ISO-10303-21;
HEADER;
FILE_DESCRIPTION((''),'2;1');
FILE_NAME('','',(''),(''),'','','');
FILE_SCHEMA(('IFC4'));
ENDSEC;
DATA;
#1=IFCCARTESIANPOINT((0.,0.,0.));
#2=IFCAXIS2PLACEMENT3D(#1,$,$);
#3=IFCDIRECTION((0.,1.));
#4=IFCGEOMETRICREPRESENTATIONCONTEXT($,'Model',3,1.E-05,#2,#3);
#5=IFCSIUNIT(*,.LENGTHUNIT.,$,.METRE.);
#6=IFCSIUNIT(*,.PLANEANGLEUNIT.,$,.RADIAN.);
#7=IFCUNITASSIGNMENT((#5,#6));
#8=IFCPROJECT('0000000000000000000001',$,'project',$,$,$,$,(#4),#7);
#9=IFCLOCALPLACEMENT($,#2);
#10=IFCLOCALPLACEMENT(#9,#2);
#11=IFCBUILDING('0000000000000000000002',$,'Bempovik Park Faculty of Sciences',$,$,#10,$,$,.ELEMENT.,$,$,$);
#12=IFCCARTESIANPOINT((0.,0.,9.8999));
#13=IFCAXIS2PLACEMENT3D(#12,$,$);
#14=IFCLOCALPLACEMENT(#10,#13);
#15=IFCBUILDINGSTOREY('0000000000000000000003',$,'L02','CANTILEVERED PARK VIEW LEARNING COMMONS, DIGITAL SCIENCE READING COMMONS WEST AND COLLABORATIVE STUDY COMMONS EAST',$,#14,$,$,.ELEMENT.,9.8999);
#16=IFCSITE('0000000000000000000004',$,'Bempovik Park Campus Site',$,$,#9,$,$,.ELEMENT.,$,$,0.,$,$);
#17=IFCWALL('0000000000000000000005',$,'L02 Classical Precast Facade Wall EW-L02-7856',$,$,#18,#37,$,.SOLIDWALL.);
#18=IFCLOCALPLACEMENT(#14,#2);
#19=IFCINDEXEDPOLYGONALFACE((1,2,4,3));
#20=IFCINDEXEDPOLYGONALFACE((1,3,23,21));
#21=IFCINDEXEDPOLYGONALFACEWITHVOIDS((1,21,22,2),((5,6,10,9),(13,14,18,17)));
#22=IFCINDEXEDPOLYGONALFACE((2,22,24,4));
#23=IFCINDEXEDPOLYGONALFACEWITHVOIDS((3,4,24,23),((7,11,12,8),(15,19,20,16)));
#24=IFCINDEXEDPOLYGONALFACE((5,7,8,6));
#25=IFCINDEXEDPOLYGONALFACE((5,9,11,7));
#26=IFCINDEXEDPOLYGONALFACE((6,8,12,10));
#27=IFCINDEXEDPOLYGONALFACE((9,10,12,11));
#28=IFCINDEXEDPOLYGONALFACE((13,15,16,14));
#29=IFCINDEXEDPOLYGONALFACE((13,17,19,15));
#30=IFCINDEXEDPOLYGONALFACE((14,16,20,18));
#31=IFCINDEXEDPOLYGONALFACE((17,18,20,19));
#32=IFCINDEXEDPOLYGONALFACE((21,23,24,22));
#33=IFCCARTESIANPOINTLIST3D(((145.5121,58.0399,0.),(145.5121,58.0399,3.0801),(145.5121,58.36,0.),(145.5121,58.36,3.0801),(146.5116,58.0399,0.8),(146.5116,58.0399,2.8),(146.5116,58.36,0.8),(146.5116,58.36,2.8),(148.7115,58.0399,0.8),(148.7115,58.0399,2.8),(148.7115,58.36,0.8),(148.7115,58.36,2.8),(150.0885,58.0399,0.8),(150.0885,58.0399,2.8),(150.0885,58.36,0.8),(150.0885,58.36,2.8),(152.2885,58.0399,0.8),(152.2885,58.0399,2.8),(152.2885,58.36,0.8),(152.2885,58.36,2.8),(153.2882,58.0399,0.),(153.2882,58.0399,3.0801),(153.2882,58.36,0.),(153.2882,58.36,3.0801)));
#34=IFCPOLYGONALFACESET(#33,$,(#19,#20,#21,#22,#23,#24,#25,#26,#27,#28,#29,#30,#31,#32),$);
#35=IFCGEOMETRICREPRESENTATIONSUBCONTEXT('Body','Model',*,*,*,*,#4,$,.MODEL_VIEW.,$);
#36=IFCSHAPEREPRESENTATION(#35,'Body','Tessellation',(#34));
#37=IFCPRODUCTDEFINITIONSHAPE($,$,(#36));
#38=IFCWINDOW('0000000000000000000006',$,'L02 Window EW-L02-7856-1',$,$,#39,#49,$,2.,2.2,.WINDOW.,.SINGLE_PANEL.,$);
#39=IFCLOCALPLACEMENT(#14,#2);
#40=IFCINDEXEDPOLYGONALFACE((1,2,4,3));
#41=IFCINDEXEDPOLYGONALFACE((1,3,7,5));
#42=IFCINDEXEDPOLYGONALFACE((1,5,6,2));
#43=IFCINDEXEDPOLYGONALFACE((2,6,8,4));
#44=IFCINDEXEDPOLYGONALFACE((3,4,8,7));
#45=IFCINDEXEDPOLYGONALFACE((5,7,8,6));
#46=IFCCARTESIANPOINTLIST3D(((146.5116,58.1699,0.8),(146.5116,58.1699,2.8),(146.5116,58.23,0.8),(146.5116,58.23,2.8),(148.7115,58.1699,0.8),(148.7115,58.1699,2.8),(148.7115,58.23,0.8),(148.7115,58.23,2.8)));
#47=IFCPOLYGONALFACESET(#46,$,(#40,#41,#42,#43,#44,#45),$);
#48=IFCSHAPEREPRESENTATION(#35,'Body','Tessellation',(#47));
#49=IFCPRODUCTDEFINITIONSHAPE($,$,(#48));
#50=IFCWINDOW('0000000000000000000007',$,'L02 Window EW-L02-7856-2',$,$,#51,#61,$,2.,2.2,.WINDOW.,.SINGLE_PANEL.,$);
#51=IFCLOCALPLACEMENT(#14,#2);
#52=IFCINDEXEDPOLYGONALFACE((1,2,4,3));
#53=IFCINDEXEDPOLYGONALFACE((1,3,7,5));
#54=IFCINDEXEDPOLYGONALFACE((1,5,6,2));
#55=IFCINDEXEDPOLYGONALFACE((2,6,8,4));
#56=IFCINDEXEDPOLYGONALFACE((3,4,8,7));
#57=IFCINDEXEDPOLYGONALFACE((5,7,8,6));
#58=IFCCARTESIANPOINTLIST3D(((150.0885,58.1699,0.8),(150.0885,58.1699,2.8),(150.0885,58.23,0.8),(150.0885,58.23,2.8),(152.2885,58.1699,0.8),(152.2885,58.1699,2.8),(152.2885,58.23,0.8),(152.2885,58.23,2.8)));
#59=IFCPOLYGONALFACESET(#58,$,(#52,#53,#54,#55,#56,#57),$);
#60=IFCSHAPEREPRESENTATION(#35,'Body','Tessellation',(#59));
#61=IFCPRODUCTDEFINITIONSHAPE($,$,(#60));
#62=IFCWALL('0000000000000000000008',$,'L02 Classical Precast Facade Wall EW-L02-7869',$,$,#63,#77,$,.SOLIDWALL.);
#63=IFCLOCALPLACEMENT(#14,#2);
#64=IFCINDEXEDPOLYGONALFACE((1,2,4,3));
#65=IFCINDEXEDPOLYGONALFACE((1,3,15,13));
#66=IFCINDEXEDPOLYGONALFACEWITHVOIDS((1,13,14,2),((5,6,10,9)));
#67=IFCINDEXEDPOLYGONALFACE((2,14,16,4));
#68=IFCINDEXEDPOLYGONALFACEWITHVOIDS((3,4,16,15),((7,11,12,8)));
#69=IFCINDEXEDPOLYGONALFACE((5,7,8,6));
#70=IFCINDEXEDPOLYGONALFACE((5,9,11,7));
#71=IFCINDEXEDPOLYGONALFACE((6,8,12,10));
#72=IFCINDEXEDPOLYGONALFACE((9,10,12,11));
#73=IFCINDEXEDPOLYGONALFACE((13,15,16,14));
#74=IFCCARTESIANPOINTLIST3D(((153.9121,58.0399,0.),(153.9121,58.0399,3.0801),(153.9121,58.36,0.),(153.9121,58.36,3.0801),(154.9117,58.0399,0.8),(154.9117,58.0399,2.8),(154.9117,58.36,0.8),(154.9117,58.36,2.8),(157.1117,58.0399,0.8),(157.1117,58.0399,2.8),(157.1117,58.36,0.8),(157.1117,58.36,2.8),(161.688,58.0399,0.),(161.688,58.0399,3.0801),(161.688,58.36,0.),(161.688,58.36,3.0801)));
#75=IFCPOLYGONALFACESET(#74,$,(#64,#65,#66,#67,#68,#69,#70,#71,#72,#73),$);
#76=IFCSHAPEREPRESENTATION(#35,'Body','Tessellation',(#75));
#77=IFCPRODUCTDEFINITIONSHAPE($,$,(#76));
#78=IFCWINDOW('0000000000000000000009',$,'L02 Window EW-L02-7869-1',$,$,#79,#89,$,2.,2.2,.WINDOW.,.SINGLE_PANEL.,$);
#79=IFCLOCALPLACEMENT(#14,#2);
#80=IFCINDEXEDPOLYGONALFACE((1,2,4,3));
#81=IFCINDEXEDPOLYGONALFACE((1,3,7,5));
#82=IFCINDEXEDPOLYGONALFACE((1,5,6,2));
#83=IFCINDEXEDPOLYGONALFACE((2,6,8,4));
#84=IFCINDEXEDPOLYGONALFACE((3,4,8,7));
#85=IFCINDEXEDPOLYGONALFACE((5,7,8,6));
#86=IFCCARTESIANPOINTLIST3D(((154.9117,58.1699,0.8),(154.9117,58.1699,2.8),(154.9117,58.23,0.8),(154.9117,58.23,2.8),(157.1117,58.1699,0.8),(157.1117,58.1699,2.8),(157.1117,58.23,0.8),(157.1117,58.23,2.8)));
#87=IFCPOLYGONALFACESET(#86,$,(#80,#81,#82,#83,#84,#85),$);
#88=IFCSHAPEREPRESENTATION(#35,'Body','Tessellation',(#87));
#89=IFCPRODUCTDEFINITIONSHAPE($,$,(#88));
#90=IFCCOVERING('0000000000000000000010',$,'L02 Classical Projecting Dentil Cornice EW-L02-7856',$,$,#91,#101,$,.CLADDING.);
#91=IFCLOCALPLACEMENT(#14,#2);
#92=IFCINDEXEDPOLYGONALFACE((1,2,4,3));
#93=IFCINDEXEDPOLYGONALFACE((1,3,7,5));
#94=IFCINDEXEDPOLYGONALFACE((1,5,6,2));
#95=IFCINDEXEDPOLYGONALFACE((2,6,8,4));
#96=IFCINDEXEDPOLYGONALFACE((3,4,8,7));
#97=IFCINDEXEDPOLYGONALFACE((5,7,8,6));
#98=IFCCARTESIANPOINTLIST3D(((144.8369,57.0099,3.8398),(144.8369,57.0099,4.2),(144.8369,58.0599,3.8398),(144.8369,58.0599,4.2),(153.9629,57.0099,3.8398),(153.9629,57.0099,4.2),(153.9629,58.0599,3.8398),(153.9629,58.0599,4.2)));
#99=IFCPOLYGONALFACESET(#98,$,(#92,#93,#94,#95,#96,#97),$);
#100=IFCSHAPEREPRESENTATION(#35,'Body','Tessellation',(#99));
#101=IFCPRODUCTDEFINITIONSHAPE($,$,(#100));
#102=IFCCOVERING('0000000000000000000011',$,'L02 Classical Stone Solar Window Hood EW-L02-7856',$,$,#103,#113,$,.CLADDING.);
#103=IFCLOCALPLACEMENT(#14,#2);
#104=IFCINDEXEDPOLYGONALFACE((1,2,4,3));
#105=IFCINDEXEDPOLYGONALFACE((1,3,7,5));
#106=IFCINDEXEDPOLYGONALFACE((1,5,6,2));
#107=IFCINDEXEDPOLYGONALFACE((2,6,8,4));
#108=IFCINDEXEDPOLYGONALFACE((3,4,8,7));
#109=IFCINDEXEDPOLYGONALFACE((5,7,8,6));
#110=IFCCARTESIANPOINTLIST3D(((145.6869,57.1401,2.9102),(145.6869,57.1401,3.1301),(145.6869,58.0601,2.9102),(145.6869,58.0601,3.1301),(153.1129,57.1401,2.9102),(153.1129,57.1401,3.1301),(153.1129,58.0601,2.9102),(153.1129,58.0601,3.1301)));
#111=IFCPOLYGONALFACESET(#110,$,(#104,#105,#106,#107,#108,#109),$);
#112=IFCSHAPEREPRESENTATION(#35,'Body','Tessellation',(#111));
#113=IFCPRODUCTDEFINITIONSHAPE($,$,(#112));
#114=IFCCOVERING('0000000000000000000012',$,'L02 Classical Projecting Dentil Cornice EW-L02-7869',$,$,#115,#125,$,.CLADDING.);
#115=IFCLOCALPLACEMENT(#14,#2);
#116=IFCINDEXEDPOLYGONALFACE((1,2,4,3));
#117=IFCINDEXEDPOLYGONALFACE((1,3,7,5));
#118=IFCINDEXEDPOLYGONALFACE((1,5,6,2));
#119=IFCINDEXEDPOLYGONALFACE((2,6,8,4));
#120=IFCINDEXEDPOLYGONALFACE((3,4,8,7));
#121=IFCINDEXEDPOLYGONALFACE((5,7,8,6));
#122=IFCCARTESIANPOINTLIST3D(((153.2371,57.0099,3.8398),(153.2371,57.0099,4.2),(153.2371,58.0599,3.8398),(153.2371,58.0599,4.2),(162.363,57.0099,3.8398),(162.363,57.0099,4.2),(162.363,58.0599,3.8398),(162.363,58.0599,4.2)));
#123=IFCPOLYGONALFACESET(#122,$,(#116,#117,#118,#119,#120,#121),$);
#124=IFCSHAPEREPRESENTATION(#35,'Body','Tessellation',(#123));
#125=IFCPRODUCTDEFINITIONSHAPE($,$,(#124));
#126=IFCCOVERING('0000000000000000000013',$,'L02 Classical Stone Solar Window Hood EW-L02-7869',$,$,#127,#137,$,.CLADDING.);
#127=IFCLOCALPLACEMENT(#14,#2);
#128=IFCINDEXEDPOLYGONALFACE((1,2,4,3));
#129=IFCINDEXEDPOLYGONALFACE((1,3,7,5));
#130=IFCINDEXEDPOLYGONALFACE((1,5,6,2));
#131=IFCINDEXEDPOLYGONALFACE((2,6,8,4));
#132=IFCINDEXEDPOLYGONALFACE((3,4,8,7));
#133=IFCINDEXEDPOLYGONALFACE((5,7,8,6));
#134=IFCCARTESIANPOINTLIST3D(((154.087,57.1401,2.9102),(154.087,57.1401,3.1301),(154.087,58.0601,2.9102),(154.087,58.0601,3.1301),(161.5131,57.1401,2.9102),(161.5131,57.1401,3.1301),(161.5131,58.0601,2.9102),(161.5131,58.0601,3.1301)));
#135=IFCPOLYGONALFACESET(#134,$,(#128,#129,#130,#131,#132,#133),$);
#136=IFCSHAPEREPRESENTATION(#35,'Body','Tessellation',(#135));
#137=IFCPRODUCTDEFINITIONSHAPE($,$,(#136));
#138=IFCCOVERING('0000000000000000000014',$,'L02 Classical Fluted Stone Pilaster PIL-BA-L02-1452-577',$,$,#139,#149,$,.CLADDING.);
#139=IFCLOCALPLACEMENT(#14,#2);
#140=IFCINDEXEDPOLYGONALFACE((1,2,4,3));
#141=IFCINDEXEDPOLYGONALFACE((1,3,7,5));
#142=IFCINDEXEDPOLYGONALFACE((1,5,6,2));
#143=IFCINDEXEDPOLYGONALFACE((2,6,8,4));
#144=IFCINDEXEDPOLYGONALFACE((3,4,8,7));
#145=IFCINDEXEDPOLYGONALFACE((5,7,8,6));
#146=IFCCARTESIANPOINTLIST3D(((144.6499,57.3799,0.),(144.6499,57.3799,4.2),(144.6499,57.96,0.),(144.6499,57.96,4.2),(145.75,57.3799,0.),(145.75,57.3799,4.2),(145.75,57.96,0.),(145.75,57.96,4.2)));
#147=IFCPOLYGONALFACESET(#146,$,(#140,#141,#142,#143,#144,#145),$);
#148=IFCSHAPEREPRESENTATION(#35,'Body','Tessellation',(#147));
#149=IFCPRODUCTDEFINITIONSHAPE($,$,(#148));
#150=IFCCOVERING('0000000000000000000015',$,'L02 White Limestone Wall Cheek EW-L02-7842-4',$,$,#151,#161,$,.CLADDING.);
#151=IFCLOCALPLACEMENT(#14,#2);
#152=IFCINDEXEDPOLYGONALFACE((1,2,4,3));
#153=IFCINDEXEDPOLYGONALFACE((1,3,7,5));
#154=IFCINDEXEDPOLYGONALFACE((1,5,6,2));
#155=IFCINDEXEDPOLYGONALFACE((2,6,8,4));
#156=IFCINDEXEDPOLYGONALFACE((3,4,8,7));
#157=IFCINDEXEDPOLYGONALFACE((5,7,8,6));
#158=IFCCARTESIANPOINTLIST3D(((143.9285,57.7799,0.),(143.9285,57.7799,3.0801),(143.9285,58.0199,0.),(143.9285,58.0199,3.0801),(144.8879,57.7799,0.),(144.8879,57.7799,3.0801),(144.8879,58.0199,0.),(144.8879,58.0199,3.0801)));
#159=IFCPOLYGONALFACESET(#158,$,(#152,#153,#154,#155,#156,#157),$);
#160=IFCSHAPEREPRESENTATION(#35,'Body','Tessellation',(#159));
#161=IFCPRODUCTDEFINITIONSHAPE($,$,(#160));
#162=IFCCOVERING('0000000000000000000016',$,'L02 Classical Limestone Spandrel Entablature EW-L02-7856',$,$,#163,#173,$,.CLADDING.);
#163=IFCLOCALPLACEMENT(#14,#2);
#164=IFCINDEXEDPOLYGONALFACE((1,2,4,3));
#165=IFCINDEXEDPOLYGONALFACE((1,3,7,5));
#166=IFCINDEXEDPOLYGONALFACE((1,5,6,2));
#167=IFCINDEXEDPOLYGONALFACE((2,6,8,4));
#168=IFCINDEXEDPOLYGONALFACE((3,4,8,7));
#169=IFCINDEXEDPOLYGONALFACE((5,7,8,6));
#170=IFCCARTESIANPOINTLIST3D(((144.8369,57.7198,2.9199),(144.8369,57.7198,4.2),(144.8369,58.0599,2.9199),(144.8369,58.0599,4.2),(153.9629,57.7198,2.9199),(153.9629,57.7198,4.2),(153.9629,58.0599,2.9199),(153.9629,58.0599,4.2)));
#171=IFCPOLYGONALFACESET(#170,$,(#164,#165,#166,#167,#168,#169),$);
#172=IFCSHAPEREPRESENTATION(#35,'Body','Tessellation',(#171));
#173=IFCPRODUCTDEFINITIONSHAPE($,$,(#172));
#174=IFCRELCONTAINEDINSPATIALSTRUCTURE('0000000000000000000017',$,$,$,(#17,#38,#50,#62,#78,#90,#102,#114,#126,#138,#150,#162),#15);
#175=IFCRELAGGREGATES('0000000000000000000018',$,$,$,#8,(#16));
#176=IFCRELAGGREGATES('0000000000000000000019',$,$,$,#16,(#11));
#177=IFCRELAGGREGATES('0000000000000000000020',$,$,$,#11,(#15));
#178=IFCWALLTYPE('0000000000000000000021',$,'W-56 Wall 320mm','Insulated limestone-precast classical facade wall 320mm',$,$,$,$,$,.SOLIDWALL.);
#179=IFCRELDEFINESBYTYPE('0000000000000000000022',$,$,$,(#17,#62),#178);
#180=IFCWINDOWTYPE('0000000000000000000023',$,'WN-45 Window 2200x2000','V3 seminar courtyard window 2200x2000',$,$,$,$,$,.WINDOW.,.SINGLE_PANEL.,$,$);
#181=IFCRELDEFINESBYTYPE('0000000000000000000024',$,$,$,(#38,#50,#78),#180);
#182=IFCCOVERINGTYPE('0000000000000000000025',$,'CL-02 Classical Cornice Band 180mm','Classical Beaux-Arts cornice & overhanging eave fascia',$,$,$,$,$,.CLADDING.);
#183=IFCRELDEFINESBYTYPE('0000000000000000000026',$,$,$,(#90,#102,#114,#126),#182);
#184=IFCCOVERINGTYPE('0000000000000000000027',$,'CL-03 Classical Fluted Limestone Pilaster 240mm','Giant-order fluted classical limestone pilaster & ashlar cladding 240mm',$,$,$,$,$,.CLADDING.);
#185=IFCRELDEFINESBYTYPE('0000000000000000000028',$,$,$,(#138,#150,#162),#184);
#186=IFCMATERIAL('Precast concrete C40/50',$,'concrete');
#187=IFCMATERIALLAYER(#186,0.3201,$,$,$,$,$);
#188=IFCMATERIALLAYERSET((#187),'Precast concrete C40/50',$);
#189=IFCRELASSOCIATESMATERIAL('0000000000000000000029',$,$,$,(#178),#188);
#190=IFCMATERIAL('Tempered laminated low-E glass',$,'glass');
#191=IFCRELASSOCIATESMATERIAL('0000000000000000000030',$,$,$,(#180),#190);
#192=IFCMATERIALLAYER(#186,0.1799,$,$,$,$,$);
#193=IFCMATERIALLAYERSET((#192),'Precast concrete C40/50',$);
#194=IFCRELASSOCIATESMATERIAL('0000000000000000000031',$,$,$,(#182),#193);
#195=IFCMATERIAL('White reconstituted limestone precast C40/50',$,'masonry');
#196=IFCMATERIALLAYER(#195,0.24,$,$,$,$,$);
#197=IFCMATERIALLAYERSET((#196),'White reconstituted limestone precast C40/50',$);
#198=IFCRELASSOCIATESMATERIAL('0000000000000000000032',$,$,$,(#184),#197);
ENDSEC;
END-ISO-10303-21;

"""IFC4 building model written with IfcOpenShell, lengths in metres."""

from ifc_helpers import new_model, si_unit, direction, frame, frame_2d, origin, origin_2d, place, context, subcontext, project, spatial, rectangle, extrude, material, layer, layer_set, type_object, element, fill, save


model = new_model("IFC4")

# Units and contexts
model_context = context("Model", 3, precision=1e-05, world=origin(), true_north=direction((0.0, 1.0)))
body_context = subcontext(model_context, "Body", "Model", "MODEL_VIEW")
ifc_project = project(units=[si_unit("LENGTHUNIT", "METRE"), si_unit("PLANEANGLEUNIT", "RADIAN")], contexts=[model_context])

# Site, building, storey
site_placement = place(None, origin())
site = spatial("IfcSite", under=ifc_project, at=site_placement, Name="Bempovik Park Campus Site", CompositionType="ELEMENT", RefElevation=0.0)
building_placement = place(site_placement, origin())
building = spatial("IfcBuilding", under=site, at=building_placement, Name="Bempovik Park Faculty of Sciences", CompositionType="ELEMENT")
storey_placement = place(building_placement, frame((0.0, 0.0, 9.8999)))
storey = spatial("IfcBuildingStorey", under=building, at=storey_placement, Name="L02", Description="CANTILEVERED PARK VIEW LEARNING COMMONS, DIGITAL SCIENCE READING COMMONS WEST AND COLLABORATIVE STUDY COMMONS EAST", CompositionType="ELEMENT", Elevation=9.8999)

# Wall, openings, windows
ifc_material_1 = material(Name="Precast concrete C40/50", Category="concrete")
ifc_layer_1 = layer(ifc_material_1, 0.3201)
ifc_layer_set_1 = layer_set([ifc_layer_1], Name="Precast concrete C40/50")
wall_type = type_object("IfcWallType", Name="W-56 Wall 320mm", Description="Insulated limestone-precast classical facade wall 320mm", PredefinedType="SOLIDWALL", material=ifc_layer_set_1)
wall_1_placement = place(storey_placement, frame((145.512, 58.2, 0.0), z_axis=(0.0, 0.0, 1.0), x_axis=(1.0, 0.0, 0.0)))
wall_1 = element("IfcWall", 1, at=wall_1_placement, inside=storey, type_object=wall_type, Name="L02 Classical Precast Facade Wall EW-L02-7856", PredefinedType="SOLIDWALL", context=body_context, shape_type="SweptSolid", body=[
    extrude(rectangle(XDim=7.7761, YDim=0.3201, at=frame_2d((3.8882, 0.0))), origin(), (0.0, 0.0, 1.0), 3.0801),
])
opening_1_placement = place(wall_1_placement, frame((0.9995, 0.0, 0.8)))
opening_1 = element("IfcOpeningElement", 2, at=opening_1_placement, cuts=wall_1, PredefinedType="OPENING", context=body_context, shape_type="SweptSolid", body=[
    extrude(rectangle(XDim=2.2, YDim=2.0, at=frame_2d((1.1001, 1.0))), frame((0.0, 0.1699, 0.0), z_axis=(0.0, -1.0, 0.0), x_axis=(1.0, 0.0, 0.0)), (0.0, 0.0, 1.0), 0.3401),
])
opening_2_placement = place(wall_1_placement, frame((4.5764, 0.0, 0.8)))
opening_2 = element("IfcOpeningElement", 3, at=opening_2_placement, cuts=wall_1, PredefinedType="OPENING", context=body_context, shape_type="SweptSolid", body=[
    extrude(rectangle(XDim=2.2, YDim=2.0, at=frame_2d((1.1001, 1.0))), frame((0.0, 0.1699, 0.0), z_axis=(0.0, -1.0, 0.0), x_axis=(1.0, 0.0, 0.0)), (0.0, 0.0, 1.0), 0.3401),
])
ifc_material_2 = material(Name="Tempered laminated low-E glass", Category="glass")
window_type = type_object("IfcWindowType", Name="WN-45 Window 2200x2000", Description="V3 seminar courtyard window 2200x2000", PartitioningType="SINGLE_PANEL", PredefinedType="WINDOW", material=ifc_material_2)
window_1_placement = place(opening_1_placement, origin())
window_1 = element("IfcWindow", 4, at=window_1_placement, inside=storey, type_object=window_type, Name="L02 Window EW-L02-7856-1", OverallHeight=2.0, OverallWidth=2.2, PartitioningType="SINGLE_PANEL", PredefinedType="WINDOW", context=body_context, shape_type="SweptSolid", body=[
    extrude(rectangle(XDim=2.2, YDim=2.0, at=frame_2d((1.1001, 1.0))), frame((0.0, 0.03, 0.0), z_axis=(0.0, -1.0, 0.0), x_axis=(1.0, 0.0, 0.0)), (0.0, 0.0, 1.0), 0.0601),
])
fill(opening_1, window_1)
window_2_placement = place(opening_2_placement, origin())
window_2 = element("IfcWindow", 5, at=window_2_placement, inside=storey, type_object=window_type, Name="L02 Window EW-L02-7856-2", OverallHeight=2.0, OverallWidth=2.2, PartitioningType="SINGLE_PANEL", PredefinedType="WINDOW", context=body_context, shape_type="SweptSolid", body=[
    extrude(rectangle(XDim=2.2, YDim=2.0, at=frame_2d((1.1001, 1.0))), frame((0.0, 0.03, 0.0), z_axis=(0.0, -1.0, 0.0), x_axis=(1.0, 0.0, 0.0)), (0.0, 0.0, 1.0), 0.0601),
])
fill(opening_2, window_2)

# Wall, opening, window
wall_2_placement = place(storey_placement, frame((153.9121, 58.2, 0.0), z_axis=(0.0, 0.0, 1.0), x_axis=(1.0, 0.0, 0.0)))
wall_2 = element("IfcWall", 6, at=wall_2_placement, inside=storey, type_object=wall_type, Name="L02 Classical Precast Facade Wall EW-L02-7869", PredefinedType="SOLIDWALL", context=body_context, shape_type="SweptSolid", body=[
    extrude(rectangle(XDim=7.7759, YDim=0.3201, at=frame_2d((3.8879, 0.0))), origin(), (0.0, 0.0, 1.0), 3.0801),
])
opening_3_placement = place(wall_2_placement, frame((0.9995, 0.0, 0.8)))
opening_3 = element("IfcOpeningElement", 7, at=opening_3_placement, cuts=wall_2, PredefinedType="OPENING", context=body_context, shape_type="SweptSolid", body=[
    extrude(rectangle(XDim=2.2, YDim=2.0, at=frame_2d((1.1001, 1.0))), frame((0.0, 0.1699, 0.0), z_axis=(0.0, -1.0, 0.0), x_axis=(1.0, 0.0, 0.0)), (0.0, 0.0, 1.0), 0.3401),
])
window_3_placement = place(opening_3_placement, origin())
window_3 = element("IfcWindow", 8, at=window_3_placement, inside=storey, type_object=window_type, Name="L02 Window EW-L02-7869-1", OverallHeight=2.0, OverallWidth=2.2, PartitioningType="SINGLE_PANEL", PredefinedType="WINDOW", context=body_context, shape_type="SweptSolid", body=[
    extrude(rectangle(XDim=2.2, YDim=2.0, at=frame_2d((1.1001, 1.0))), frame((0.0, 0.03, 0.0), z_axis=(0.0, -1.0, 0.0), x_axis=(1.0, 0.0, 0.0)), (0.0, 0.0, 1.0), 0.0601),
])
fill(opening_3, window_3)

# Coverings
ifc_layer_2 = layer(ifc_material_1, 0.1799)
ifc_layer_set_2 = layer_set([ifc_layer_2], Name="Precast concrete C40/50")
covering_type_1 = type_object("IfcCoveringType", Name="CL-02 Classical Cornice Band 180mm", Description="Classical Beaux-Arts cornice & overhanging eave fascia", PredefinedType="CLADDING", material=ifc_layer_set_2)
covering_1_placement = place(storey_placement, frame((149.3999, 57.5349, 3.8398), z_axis=(0.0, 0.0, 1.0), x_axis=(1.0, 0.0, 0.0)))
element("IfcCovering", 9, at=covering_1_placement, inside=storey, type_object=covering_type_1, Name="L02 Classical Projecting Dentil Cornice EW-L02-7856", PredefinedType="CLADDING", context=body_context, shape_type="SweptSolid", body=[
    extrude(rectangle(XDim=9.126, YDim=1.05, at=origin_2d()), origin(), (0.0, 0.0, 1.0), 0.3601),
])
covering_2_placement = place(storey_placement, frame((149.3999, 57.6001, 2.9102), z_axis=(0.0, 0.0, 1.0), x_axis=(1.0, 0.0, 0.0)))
element("IfcCovering", 10, at=covering_2_placement, inside=storey, type_object=covering_type_1, Name="L02 Classical Stone Solar Window Hood EW-L02-7856", PredefinedType="CLADDING", context=body_context, shape_type="SweptSolid", body=[
    extrude(rectangle(XDim=7.426, YDim=0.9199, at=origin_2d()), origin(), (0.0, 0.0, 1.0), 0.22),
])
covering_3_placement = place(storey_placement, frame((157.8, 57.5349, 3.8398), z_axis=(0.0, 0.0, 1.0), x_axis=(1.0, 0.0, 0.0)))
element("IfcCovering", 11, at=covering_3_placement, inside=storey, type_object=covering_type_1, Name="L02 Classical Projecting Dentil Cornice EW-L02-7869", PredefinedType="CLADDING", context=body_context, shape_type="SweptSolid", body=[
    extrude(rectangle(XDim=9.126, YDim=1.05, at=origin_2d()), origin(), (0.0, 0.0, 1.0), 0.3601),
])
covering_4_placement = place(storey_placement, frame((157.8, 57.6001, 2.9102), z_axis=(0.0, 0.0, 1.0), x_axis=(1.0, 0.0, 0.0)))
element("IfcCovering", 12, at=covering_4_placement, inside=storey, type_object=covering_type_1, Name="L02 Classical Stone Solar Window Hood EW-L02-7869", PredefinedType="CLADDING", context=body_context, shape_type="SweptSolid", body=[
    extrude(rectangle(XDim=7.426, YDim=0.9199, at=origin_2d()), origin(), (0.0, 0.0, 1.0), 0.22),
])
ifc_material_3 = material(Name="White reconstituted limestone precast C40/50", Category="masonry")
ifc_layer_3 = layer(ifc_material_3, 0.24)
ifc_layer_set_3 = layer_set([ifc_layer_3], Name="White reconstituted limestone precast C40/50")
covering_type_2 = type_object("IfcCoveringType", Name="CL-03 Classical Fluted Limestone Pilaster 240mm", Description="Giant-order fluted classical limestone pilaster & ashlar cladding 240mm", PredefinedType="CLADDING", material=ifc_layer_set_3)
covering_5_placement = place(storey_placement, frame((145.2, 57.6699, 0.0), z_axis=(0.0, 0.0, 1.0), x_axis=(1.0, 0.0, 0.0)))
element("IfcCovering", 13, at=covering_5_placement, inside=storey, type_object=covering_type_2, Name="L02 Classical Fluted Stone Pilaster PIL-BA-L02-1452-577", PredefinedType="CLADDING", context=body_context, shape_type="SweptSolid", body=[
    extrude(rectangle(XDim=1.1001, YDim=0.5801, at=origin_2d()), origin(), (0.0, 0.0, 1.0), 4.2),
])
covering_6_placement = place(storey_placement, frame((144.4082, 57.8999, 0.0), z_axis=(0.0, 0.0, 1.0), x_axis=(1.0, 0.0, 0.0)))
element("IfcCovering", 14, at=covering_6_placement, inside=storey, type_object=covering_type_2, Name="L02 White Limestone Wall Cheek EW-L02-7842-4", PredefinedType="CLADDING", context=body_context, shape_type="SweptSolid", body=[
    extrude(rectangle(XDim=0.9595, YDim=0.24, at=origin_2d()), origin(), (0.0, 0.0, 1.0), 3.0801),
])
covering_7_placement = place(storey_placement, frame((149.3999, 57.8899, 2.9199), z_axis=(0.0, 0.0, 1.0), x_axis=(1.0, 0.0, 0.0)))
element("IfcCovering", 15, at=covering_7_placement, inside=storey, type_object=covering_type_2, Name="L02 Classical Limestone Spandrel Entablature EW-L02-7856", PredefinedType="CLADDING", context=body_context, shape_type="SweptSolid", body=[
    extrude(rectangle(XDim=9.126, YDim=0.3401, at=origin_2d()), origin(), (0.0, 0.0, 1.0), 1.28),
])

save(model, "model.ifc")
